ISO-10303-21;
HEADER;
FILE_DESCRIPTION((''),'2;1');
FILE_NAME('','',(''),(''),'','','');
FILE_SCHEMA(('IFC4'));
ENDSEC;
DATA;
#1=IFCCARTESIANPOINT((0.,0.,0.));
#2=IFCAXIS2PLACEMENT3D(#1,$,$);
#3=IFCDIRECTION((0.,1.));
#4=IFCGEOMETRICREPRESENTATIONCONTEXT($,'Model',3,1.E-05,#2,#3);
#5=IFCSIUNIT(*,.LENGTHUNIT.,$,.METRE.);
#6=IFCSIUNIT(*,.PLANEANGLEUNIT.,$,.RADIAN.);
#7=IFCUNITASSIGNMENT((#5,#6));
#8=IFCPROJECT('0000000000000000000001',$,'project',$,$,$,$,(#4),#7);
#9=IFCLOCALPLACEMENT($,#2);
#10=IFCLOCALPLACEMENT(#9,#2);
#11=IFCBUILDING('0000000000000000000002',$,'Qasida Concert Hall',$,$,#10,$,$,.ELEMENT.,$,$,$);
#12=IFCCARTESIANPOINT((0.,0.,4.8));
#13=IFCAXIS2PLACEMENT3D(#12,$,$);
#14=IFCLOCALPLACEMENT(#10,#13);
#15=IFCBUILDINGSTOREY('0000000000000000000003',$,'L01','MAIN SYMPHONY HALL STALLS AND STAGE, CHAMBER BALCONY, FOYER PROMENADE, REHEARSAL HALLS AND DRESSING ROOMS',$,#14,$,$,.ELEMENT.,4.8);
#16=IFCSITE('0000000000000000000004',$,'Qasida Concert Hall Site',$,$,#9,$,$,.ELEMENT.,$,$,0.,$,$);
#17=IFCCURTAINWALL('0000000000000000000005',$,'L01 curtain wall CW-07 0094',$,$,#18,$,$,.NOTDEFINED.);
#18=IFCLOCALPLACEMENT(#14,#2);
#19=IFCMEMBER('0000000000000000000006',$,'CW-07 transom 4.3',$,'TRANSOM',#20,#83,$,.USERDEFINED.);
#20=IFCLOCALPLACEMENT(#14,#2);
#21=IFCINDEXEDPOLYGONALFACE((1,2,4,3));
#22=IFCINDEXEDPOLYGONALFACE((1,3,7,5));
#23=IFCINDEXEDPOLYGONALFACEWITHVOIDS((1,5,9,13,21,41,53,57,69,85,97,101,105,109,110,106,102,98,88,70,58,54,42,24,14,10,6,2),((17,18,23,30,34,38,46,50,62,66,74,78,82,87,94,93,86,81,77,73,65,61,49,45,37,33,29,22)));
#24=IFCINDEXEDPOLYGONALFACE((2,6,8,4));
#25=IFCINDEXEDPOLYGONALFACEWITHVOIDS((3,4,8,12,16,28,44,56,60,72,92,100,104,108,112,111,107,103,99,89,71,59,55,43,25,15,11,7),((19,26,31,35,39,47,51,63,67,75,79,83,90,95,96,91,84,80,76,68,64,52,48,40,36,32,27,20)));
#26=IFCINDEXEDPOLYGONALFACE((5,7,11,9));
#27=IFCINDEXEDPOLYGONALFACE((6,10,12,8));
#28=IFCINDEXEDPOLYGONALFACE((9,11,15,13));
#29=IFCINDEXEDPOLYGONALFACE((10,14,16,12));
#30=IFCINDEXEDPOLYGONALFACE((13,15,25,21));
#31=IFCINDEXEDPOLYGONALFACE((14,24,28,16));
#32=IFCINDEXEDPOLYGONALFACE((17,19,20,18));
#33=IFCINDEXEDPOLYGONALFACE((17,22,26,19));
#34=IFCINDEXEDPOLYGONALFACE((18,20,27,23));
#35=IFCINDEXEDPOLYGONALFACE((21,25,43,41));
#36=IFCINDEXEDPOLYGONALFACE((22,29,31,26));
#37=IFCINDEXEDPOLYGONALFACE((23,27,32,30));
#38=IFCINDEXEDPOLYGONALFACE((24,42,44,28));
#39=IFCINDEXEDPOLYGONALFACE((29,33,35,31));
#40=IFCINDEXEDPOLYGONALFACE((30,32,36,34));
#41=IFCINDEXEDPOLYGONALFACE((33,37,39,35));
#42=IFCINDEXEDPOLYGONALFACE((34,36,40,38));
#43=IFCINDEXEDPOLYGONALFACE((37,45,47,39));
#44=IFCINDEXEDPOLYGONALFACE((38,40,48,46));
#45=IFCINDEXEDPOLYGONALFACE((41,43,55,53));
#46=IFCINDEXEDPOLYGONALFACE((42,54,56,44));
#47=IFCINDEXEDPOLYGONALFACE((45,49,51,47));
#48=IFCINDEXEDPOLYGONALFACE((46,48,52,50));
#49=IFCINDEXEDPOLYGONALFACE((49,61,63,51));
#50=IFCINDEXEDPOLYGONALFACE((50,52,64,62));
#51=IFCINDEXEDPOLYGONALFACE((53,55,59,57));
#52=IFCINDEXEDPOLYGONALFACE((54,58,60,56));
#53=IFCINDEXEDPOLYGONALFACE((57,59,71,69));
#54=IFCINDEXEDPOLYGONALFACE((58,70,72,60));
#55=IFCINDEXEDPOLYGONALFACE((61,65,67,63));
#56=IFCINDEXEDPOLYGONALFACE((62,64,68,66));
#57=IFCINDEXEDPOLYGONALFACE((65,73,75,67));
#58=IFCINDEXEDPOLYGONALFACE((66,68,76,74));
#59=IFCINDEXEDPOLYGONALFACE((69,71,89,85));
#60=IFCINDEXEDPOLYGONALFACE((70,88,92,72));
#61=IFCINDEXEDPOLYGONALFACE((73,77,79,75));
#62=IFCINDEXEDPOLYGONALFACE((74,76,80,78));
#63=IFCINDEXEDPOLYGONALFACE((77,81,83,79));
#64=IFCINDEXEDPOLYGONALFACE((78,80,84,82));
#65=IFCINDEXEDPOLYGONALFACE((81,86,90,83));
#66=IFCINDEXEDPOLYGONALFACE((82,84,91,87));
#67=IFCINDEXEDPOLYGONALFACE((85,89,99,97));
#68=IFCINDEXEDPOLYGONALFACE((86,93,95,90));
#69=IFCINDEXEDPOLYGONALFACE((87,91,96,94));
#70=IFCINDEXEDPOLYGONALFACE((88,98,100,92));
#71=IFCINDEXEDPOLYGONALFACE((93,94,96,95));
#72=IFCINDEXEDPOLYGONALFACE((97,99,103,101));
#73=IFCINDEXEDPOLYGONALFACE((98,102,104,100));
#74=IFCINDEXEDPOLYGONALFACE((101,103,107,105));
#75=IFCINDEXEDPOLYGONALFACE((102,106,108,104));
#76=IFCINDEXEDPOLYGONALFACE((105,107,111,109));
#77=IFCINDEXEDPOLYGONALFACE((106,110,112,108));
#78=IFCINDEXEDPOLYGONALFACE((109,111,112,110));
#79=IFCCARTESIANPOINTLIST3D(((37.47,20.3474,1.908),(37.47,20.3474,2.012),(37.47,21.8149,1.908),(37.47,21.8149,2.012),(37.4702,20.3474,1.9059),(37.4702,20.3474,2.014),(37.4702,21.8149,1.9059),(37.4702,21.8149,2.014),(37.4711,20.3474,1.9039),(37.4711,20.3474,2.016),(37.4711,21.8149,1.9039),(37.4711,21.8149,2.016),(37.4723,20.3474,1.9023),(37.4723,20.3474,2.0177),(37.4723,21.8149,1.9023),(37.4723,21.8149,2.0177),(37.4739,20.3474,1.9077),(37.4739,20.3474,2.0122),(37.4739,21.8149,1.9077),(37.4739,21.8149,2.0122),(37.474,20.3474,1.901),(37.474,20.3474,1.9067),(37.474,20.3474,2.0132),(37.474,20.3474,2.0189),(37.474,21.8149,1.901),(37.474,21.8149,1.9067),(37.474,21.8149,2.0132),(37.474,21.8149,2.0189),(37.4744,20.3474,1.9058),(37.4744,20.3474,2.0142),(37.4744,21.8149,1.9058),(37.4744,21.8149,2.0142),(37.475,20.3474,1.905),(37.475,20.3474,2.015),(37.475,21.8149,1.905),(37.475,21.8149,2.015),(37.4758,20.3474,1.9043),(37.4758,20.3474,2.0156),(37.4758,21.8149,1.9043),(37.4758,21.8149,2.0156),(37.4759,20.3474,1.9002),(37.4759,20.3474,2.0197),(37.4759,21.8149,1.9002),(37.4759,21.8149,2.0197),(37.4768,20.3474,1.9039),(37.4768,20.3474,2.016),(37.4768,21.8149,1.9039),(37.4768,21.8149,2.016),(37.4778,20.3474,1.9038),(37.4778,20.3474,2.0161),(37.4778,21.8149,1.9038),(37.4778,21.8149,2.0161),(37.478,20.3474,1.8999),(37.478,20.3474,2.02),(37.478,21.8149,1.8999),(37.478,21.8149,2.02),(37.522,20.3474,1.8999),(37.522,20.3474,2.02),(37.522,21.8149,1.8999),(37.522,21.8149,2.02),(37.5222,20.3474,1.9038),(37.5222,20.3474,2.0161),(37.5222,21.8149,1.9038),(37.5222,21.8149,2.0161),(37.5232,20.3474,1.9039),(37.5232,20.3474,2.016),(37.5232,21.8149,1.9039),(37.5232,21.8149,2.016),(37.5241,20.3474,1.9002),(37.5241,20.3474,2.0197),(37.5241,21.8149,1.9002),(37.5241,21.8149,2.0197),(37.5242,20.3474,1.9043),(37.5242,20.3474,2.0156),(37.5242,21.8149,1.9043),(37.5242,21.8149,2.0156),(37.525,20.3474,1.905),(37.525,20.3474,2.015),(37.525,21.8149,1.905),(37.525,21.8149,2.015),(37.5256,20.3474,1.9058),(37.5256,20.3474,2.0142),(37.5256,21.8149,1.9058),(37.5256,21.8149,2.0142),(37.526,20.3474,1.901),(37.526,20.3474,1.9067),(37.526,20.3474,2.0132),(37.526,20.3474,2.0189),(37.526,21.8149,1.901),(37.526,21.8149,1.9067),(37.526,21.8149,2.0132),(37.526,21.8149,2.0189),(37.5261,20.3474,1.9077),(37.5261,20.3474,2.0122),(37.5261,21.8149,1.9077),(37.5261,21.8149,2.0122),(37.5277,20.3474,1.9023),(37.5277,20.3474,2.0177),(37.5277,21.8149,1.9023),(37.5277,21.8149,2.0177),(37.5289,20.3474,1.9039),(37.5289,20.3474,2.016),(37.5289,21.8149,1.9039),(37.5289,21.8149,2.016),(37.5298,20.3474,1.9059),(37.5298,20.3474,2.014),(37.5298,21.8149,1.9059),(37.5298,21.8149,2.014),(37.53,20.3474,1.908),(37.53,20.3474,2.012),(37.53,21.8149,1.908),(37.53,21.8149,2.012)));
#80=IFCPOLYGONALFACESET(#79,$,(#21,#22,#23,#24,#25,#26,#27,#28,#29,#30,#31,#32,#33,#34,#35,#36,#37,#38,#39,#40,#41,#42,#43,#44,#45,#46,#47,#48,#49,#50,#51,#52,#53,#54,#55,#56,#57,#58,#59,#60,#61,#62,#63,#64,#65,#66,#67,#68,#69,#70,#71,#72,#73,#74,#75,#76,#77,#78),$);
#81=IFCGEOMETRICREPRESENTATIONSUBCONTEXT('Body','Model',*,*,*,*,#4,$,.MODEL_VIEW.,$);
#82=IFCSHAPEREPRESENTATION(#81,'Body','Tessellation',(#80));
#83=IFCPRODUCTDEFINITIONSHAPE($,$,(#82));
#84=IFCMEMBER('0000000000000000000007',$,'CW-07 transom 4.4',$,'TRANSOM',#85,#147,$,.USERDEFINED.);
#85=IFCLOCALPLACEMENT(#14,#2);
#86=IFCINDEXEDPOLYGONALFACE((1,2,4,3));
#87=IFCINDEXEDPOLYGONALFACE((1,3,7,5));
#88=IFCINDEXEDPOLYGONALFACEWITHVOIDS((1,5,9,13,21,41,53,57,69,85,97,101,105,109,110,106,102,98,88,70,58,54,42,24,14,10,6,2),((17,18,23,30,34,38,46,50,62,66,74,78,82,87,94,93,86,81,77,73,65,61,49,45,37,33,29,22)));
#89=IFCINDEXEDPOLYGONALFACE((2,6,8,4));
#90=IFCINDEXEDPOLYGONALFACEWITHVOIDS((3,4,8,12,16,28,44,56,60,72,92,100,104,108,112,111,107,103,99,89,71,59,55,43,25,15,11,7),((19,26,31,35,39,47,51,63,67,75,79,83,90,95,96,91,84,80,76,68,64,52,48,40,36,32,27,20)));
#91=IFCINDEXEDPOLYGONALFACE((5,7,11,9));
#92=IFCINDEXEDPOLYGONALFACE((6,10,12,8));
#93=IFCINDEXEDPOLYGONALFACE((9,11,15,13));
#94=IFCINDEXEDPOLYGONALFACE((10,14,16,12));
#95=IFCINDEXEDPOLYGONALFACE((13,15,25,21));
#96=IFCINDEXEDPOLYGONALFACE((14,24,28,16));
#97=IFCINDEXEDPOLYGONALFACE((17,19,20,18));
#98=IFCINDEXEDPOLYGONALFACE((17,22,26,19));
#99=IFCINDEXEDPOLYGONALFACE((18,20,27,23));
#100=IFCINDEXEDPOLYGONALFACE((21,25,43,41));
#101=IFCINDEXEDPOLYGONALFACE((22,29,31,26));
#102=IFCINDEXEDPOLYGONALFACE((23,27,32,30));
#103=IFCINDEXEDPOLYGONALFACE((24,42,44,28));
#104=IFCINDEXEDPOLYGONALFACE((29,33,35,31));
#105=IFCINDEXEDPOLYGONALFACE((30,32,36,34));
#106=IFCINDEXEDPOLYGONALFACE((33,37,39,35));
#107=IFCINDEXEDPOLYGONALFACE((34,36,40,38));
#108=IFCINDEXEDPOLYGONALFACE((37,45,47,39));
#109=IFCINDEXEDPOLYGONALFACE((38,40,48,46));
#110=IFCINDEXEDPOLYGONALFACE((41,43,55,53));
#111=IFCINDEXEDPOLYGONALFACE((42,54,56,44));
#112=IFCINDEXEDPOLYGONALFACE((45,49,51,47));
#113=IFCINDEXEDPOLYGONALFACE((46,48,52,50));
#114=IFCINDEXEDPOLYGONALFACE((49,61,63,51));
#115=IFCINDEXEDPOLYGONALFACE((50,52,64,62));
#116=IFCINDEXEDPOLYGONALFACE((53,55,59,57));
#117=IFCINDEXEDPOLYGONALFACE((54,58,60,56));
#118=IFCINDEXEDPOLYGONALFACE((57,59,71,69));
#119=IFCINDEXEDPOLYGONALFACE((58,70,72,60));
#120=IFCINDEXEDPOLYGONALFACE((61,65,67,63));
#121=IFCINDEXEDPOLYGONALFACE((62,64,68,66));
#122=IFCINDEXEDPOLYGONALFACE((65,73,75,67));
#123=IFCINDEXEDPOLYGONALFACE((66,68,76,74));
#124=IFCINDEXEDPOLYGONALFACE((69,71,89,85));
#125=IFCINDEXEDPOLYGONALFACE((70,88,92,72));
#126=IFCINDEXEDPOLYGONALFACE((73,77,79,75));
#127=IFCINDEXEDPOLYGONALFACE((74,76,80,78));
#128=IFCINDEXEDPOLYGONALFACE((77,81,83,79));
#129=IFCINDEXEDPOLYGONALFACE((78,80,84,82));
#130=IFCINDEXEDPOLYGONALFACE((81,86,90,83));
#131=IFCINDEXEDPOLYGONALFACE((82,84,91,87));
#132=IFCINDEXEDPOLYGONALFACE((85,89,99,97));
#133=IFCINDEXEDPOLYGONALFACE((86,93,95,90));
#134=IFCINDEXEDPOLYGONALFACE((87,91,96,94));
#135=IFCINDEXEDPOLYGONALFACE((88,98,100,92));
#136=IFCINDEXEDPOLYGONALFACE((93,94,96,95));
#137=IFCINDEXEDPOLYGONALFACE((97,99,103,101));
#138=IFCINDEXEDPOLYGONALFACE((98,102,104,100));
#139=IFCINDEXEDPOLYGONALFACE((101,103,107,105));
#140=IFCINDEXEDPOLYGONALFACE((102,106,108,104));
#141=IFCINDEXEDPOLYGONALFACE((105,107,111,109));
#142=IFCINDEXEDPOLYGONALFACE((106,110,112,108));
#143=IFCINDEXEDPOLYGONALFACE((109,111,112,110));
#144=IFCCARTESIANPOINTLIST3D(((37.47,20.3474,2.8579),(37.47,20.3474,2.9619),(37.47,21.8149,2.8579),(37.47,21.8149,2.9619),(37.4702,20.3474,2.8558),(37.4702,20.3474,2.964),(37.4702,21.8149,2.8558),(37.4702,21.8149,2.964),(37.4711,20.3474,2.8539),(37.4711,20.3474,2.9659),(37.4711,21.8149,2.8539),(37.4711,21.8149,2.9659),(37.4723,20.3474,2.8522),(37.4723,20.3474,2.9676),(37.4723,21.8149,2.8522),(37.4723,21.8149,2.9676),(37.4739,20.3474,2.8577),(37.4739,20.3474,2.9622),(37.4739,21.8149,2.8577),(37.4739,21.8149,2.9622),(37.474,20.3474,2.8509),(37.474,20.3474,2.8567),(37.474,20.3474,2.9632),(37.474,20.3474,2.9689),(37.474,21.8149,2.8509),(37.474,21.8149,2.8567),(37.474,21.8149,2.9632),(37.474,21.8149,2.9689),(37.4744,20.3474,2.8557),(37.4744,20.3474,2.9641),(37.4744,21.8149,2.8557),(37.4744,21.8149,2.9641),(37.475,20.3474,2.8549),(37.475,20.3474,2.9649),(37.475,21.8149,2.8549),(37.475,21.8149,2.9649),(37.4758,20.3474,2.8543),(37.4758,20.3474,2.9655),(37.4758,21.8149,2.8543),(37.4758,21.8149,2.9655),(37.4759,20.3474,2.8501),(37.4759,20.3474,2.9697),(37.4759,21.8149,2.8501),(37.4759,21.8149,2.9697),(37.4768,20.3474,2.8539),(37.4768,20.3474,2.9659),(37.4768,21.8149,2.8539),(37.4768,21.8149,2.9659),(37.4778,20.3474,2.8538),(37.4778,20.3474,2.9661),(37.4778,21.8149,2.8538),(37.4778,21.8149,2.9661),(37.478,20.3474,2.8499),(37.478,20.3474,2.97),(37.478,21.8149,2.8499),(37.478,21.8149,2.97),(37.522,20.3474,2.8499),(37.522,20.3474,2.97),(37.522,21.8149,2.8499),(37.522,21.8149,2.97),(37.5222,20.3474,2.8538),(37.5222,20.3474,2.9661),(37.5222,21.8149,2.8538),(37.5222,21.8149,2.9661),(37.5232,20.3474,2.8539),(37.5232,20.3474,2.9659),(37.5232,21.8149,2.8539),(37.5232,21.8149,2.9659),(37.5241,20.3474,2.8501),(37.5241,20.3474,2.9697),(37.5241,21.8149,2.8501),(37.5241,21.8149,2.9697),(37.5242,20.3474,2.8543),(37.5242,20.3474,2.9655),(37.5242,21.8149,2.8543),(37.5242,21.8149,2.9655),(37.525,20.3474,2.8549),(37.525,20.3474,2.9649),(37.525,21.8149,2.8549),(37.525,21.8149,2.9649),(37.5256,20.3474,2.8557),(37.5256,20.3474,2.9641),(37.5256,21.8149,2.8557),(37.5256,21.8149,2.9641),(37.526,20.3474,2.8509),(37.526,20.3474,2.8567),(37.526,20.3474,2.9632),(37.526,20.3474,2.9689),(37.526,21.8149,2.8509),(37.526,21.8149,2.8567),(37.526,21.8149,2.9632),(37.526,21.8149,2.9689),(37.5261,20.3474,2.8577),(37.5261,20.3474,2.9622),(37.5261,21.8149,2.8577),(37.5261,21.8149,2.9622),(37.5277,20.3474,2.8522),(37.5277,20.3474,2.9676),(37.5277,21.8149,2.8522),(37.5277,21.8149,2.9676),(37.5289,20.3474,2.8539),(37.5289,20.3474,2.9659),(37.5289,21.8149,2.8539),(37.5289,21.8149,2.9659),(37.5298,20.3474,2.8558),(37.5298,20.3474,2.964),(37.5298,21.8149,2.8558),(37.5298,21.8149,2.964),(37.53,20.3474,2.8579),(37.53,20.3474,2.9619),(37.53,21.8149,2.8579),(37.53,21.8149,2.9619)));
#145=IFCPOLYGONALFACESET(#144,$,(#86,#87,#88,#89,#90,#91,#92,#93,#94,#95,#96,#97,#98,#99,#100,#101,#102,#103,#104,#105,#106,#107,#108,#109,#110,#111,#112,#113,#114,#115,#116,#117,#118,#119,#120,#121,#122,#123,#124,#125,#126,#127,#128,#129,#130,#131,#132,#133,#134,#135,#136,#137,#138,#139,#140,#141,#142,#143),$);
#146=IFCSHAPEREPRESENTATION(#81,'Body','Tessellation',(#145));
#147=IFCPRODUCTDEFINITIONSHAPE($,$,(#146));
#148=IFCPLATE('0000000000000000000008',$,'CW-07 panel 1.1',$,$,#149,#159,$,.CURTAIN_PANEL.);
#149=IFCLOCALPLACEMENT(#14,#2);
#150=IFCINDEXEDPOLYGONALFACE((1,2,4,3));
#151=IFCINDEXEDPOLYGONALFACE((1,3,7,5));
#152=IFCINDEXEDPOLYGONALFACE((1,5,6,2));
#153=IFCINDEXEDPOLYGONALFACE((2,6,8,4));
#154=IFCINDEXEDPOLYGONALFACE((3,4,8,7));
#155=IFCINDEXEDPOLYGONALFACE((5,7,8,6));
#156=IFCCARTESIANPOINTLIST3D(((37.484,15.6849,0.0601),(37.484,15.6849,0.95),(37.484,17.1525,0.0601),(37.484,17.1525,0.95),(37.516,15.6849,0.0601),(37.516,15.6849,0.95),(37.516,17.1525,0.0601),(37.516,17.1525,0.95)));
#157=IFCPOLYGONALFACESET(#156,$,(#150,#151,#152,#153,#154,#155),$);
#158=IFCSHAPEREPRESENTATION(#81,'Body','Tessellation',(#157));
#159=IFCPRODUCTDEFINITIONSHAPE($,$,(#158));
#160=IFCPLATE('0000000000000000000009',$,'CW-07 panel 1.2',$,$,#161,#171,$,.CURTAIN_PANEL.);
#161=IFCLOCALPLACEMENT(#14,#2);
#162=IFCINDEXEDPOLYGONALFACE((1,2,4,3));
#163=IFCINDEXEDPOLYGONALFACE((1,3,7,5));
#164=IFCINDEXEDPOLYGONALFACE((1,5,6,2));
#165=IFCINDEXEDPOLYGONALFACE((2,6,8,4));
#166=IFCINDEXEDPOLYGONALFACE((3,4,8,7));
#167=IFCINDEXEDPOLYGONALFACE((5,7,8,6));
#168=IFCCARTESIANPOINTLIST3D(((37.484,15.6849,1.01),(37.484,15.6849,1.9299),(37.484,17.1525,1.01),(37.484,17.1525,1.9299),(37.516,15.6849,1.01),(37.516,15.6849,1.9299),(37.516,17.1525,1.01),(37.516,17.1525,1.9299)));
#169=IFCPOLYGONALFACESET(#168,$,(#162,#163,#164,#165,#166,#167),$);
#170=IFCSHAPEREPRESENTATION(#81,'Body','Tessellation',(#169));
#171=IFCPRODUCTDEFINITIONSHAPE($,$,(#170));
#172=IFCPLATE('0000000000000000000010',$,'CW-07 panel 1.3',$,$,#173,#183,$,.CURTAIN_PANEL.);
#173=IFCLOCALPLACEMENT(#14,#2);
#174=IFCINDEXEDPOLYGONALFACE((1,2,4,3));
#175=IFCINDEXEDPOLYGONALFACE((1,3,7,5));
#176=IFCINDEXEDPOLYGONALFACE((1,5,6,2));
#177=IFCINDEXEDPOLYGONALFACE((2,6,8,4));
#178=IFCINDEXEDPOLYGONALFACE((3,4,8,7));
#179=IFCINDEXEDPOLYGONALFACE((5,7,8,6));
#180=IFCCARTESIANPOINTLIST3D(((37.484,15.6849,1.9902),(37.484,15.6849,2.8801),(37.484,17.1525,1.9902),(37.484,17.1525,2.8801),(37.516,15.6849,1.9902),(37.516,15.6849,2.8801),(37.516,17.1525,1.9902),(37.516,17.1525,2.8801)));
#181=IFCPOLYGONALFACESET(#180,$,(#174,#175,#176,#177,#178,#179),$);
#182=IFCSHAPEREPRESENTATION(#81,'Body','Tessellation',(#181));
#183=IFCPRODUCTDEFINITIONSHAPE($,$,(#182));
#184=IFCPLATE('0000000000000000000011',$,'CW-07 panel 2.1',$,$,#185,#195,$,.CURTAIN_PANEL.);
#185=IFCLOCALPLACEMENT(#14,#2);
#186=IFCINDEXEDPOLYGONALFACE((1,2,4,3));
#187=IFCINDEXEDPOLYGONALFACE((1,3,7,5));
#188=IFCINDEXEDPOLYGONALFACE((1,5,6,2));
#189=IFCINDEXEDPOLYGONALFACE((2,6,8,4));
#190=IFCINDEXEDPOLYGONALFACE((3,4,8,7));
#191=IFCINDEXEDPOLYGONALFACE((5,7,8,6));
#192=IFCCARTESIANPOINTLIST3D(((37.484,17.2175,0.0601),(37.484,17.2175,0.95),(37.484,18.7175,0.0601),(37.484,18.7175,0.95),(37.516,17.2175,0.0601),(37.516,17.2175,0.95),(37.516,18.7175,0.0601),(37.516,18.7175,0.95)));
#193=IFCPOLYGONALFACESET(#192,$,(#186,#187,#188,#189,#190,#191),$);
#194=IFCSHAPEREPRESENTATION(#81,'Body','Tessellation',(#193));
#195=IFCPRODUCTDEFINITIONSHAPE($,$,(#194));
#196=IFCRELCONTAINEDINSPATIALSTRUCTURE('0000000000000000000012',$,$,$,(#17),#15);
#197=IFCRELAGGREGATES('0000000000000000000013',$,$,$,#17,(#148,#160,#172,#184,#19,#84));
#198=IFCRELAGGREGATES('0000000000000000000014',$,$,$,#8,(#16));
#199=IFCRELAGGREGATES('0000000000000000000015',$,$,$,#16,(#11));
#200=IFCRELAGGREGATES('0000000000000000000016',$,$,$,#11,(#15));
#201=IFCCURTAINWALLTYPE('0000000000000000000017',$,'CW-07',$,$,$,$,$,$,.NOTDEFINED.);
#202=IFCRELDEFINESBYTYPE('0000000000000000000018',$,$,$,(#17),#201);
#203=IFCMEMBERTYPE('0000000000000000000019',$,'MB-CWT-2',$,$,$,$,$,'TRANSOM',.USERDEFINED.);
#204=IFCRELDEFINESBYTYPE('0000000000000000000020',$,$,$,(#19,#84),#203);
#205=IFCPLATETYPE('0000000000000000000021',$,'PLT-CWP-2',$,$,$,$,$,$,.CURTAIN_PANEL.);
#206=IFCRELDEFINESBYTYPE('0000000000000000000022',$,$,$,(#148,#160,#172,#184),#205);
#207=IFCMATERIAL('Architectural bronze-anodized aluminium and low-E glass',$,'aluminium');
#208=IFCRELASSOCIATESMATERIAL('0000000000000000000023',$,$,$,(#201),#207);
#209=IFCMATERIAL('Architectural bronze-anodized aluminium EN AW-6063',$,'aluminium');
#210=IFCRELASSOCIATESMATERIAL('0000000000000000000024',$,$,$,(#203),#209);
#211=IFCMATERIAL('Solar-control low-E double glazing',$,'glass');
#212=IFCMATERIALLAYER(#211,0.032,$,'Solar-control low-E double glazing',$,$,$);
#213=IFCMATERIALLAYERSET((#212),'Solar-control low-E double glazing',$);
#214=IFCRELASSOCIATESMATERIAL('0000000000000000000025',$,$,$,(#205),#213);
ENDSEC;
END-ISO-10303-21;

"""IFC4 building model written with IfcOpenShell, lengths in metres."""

from ifc_helpers import new_model, si_unit, direction, frame, origin, origin_2d, place, context, subcontext, project, spatial, rectangle, hollow_rectangle, extrude, material, layer, layer_set, material_profile, profile_set, type_object, element, aggregate, save


model = new_model("IFC4")

# Units and contexts
model_context = context("Model", 3, precision=1e-05, world=origin(), true_north=direction((0.0, 1.0)))
body_context = subcontext(model_context, "Body", "Model", "MODEL_VIEW")
ifc_project = project(units=[si_unit("LENGTHUNIT", "METRE"), si_unit("PLANEANGLEUNIT", "RADIAN")], contexts=[model_context])

# Site, building, storey
site_placement = place(None, origin())
site = spatial("IfcSite", under=ifc_project, at=site_placement, Name="Qasida Concert Hall Site", CompositionType="ELEMENT", RefElevation=0.0)
building_placement = place(site_placement, origin())
building = spatial("IfcBuilding", under=site, at=building_placement, Name="Qasida Concert Hall", CompositionType="ELEMENT")
storey_placement = place(building_placement, frame((0.0, 0.0, 4.8)))
storey = spatial("IfcBuildingStorey", under=building, at=storey_placement, Name="L01", Description="MAIN SYMPHONY HALL STALLS AND STAGE, CHAMBER BALCONY, FOYER PROMENADE, REHEARSAL HALLS AND DRESSING ROOMS", CompositionType="ELEMENT", Elevation=4.8)

# Curtain wall, members, plates
ifc_material_1 = material(Name="Architectural bronze-anodized aluminium and low-E glass", Category="aluminium")
curtain_wall_type = type_object("IfcCurtainWallType", Name="CW-07", PredefinedType="NOTDEFINED", material=ifc_material_1)
curtain_wall_placement = place(storey_placement, origin())
curtain_wall = element("IfcCurtainWall", 1, at=curtain_wall_placement, inside=storey, type_object=curtain_wall_type, Name="L01 curtain wall CW-07 0094", PredefinedType="NOTDEFINED")
ifc_material_2 = material(Name="Architectural bronze-anodized aluminium EN AW-6063", Category="aluminium")
ifc_material_profile_1 = material_profile(ifc_material_2, hollow_rectangle(XDim=0.0601, YDim=0.1201, WallThickness=0.0039, InnerFilletRadius=0.0039, OuterFilletRadius=0.0081, at=origin_2d()), Name="CWT 120x60x4")
ifc_profile_set_1 = profile_set([ifc_material_profile_1], Name="Architectural bronze-anodized aluminium EN AW-6063")
member_type_1 = type_object("IfcMemberType", Name="MB-CWT-2", ElementType="TRANSOM", PredefinedType="USERDEFINED", material=ifc_profile_set_1)
member_1_placement = place(storey_placement, frame((37.5, 20.3474, 1.96), z_axis=(0.0, 1.0, 0.0), x_axis=(-1.0, 0.0, 0.0)))
member_1 = element("IfcMember", 2, at=member_1_placement, type_object=member_type_1, Name="CW-07 transom 4.3", ObjectType="TRANSOM", PredefinedType="USERDEFINED", context=body_context, shape_type="SweptSolid", body=[
    extrude(hollow_rectangle(XDim=0.0601, YDim=0.1201, WallThickness=0.0039, InnerFilletRadius=0.0039, OuterFilletRadius=0.0081, at=origin_2d()), origin(), (0.0, 0.0, 1.0), 1.4675),
])
member_2_placement = place(storey_placement, frame((37.5, 20.3474, 2.9099), z_axis=(0.0, 1.0, 0.0), x_axis=(-1.0, 0.0, 0.0)))
member_2 = element("IfcMember", 3, at=member_2_placement, type_object=member_type_1, Name="CW-07 transom 4.4", ObjectType="TRANSOM", PredefinedType="USERDEFINED", context=body_context, shape_type="SweptSolid", body=[
    extrude(hollow_rectangle(XDim=0.0601, YDim=0.1201, WallThickness=0.0039, InnerFilletRadius=0.0039, OuterFilletRadius=0.0081, at=origin_2d()), origin(), (0.0, 0.0, 1.0), 1.4675),
])
ifc_material_3 = material(Name="Solar-control low-E double glazing", Category="glass")
ifc_layer = layer(ifc_material_3, 0.032, Name="Solar-control low-E double glazing")
ifc_layer_set = layer_set([ifc_layer], Name="Solar-control low-E double glazing")
plate_type = type_object("IfcPlateType", Name="PLT-CWP-2", PredefinedType="CURTAIN_PANEL", material=ifc_layer_set)
plate_1_placement = place(storey_placement, frame((37.5, 16.4187, 0.0601), z_axis=(0.0, 0.0, 1.0), x_axis=(0.0, 1.0, 0.0)))
plate_1 = element("IfcPlate", 4, at=plate_1_placement, type_object=plate_type, Name="CW-07 panel 1.1", PredefinedType="CURTAIN_PANEL", context=body_context, shape_type="SweptSolid", body=[
    extrude(rectangle(XDim=1.4675, YDim=0.032, at=origin_2d()), origin(), (0.0, 0.0, 1.0), 0.8899),
])
plate_2_placement = place(storey_placement, frame((37.5, 16.4187, 1.01), z_axis=(0.0, 0.0, 1.0), x_axis=(0.0, 1.0, 0.0)))
plate_2 = element("IfcPlate", 5, at=plate_2_placement, type_object=plate_type, Name="CW-07 panel 1.2", PredefinedType="CURTAIN_PANEL", context=body_context, shape_type="SweptSolid", body=[
    extrude(rectangle(XDim=1.4675, YDim=0.032, at=origin_2d()), origin(), (0.0, 0.0, 1.0), 0.9199),
])
plate_3_placement = place(storey_placement, frame((37.5, 16.4187, 1.9902), z_axis=(0.0, 0.0, 1.0), x_axis=(0.0, 1.0, 0.0)))
plate_3 = element("IfcPlate", 6, at=plate_3_placement, type_object=plate_type, Name="CW-07 panel 1.3", PredefinedType="CURTAIN_PANEL", context=body_context, shape_type="SweptSolid", body=[
    extrude(rectangle(XDim=1.4675, YDim=0.032, at=origin_2d()), origin(), (0.0, 0.0, 1.0), 0.8899),
])
plate_4_placement = place(storey_placement, frame((37.5, 17.9675, 0.0601), z_axis=(0.0, 0.0, 1.0), x_axis=(0.0, 1.0, 0.0)))
plate_4 = element("IfcPlate", 7, at=plate_4_placement, type_object=plate_type, Name="CW-07 panel 2.1", PredefinedType="CURTAIN_PANEL", context=body_context, shape_type="SweptSolid", body=[
    extrude(rectangle(XDim=1.5, YDim=0.032, at=origin_2d()), origin(), (0.0, 0.0, 1.0), 0.8899),
])
aggregate(curtain_wall, [plate_1, plate_2, plate_3, plate_4, member_1, member_2])

save(model, "model.ifc")
